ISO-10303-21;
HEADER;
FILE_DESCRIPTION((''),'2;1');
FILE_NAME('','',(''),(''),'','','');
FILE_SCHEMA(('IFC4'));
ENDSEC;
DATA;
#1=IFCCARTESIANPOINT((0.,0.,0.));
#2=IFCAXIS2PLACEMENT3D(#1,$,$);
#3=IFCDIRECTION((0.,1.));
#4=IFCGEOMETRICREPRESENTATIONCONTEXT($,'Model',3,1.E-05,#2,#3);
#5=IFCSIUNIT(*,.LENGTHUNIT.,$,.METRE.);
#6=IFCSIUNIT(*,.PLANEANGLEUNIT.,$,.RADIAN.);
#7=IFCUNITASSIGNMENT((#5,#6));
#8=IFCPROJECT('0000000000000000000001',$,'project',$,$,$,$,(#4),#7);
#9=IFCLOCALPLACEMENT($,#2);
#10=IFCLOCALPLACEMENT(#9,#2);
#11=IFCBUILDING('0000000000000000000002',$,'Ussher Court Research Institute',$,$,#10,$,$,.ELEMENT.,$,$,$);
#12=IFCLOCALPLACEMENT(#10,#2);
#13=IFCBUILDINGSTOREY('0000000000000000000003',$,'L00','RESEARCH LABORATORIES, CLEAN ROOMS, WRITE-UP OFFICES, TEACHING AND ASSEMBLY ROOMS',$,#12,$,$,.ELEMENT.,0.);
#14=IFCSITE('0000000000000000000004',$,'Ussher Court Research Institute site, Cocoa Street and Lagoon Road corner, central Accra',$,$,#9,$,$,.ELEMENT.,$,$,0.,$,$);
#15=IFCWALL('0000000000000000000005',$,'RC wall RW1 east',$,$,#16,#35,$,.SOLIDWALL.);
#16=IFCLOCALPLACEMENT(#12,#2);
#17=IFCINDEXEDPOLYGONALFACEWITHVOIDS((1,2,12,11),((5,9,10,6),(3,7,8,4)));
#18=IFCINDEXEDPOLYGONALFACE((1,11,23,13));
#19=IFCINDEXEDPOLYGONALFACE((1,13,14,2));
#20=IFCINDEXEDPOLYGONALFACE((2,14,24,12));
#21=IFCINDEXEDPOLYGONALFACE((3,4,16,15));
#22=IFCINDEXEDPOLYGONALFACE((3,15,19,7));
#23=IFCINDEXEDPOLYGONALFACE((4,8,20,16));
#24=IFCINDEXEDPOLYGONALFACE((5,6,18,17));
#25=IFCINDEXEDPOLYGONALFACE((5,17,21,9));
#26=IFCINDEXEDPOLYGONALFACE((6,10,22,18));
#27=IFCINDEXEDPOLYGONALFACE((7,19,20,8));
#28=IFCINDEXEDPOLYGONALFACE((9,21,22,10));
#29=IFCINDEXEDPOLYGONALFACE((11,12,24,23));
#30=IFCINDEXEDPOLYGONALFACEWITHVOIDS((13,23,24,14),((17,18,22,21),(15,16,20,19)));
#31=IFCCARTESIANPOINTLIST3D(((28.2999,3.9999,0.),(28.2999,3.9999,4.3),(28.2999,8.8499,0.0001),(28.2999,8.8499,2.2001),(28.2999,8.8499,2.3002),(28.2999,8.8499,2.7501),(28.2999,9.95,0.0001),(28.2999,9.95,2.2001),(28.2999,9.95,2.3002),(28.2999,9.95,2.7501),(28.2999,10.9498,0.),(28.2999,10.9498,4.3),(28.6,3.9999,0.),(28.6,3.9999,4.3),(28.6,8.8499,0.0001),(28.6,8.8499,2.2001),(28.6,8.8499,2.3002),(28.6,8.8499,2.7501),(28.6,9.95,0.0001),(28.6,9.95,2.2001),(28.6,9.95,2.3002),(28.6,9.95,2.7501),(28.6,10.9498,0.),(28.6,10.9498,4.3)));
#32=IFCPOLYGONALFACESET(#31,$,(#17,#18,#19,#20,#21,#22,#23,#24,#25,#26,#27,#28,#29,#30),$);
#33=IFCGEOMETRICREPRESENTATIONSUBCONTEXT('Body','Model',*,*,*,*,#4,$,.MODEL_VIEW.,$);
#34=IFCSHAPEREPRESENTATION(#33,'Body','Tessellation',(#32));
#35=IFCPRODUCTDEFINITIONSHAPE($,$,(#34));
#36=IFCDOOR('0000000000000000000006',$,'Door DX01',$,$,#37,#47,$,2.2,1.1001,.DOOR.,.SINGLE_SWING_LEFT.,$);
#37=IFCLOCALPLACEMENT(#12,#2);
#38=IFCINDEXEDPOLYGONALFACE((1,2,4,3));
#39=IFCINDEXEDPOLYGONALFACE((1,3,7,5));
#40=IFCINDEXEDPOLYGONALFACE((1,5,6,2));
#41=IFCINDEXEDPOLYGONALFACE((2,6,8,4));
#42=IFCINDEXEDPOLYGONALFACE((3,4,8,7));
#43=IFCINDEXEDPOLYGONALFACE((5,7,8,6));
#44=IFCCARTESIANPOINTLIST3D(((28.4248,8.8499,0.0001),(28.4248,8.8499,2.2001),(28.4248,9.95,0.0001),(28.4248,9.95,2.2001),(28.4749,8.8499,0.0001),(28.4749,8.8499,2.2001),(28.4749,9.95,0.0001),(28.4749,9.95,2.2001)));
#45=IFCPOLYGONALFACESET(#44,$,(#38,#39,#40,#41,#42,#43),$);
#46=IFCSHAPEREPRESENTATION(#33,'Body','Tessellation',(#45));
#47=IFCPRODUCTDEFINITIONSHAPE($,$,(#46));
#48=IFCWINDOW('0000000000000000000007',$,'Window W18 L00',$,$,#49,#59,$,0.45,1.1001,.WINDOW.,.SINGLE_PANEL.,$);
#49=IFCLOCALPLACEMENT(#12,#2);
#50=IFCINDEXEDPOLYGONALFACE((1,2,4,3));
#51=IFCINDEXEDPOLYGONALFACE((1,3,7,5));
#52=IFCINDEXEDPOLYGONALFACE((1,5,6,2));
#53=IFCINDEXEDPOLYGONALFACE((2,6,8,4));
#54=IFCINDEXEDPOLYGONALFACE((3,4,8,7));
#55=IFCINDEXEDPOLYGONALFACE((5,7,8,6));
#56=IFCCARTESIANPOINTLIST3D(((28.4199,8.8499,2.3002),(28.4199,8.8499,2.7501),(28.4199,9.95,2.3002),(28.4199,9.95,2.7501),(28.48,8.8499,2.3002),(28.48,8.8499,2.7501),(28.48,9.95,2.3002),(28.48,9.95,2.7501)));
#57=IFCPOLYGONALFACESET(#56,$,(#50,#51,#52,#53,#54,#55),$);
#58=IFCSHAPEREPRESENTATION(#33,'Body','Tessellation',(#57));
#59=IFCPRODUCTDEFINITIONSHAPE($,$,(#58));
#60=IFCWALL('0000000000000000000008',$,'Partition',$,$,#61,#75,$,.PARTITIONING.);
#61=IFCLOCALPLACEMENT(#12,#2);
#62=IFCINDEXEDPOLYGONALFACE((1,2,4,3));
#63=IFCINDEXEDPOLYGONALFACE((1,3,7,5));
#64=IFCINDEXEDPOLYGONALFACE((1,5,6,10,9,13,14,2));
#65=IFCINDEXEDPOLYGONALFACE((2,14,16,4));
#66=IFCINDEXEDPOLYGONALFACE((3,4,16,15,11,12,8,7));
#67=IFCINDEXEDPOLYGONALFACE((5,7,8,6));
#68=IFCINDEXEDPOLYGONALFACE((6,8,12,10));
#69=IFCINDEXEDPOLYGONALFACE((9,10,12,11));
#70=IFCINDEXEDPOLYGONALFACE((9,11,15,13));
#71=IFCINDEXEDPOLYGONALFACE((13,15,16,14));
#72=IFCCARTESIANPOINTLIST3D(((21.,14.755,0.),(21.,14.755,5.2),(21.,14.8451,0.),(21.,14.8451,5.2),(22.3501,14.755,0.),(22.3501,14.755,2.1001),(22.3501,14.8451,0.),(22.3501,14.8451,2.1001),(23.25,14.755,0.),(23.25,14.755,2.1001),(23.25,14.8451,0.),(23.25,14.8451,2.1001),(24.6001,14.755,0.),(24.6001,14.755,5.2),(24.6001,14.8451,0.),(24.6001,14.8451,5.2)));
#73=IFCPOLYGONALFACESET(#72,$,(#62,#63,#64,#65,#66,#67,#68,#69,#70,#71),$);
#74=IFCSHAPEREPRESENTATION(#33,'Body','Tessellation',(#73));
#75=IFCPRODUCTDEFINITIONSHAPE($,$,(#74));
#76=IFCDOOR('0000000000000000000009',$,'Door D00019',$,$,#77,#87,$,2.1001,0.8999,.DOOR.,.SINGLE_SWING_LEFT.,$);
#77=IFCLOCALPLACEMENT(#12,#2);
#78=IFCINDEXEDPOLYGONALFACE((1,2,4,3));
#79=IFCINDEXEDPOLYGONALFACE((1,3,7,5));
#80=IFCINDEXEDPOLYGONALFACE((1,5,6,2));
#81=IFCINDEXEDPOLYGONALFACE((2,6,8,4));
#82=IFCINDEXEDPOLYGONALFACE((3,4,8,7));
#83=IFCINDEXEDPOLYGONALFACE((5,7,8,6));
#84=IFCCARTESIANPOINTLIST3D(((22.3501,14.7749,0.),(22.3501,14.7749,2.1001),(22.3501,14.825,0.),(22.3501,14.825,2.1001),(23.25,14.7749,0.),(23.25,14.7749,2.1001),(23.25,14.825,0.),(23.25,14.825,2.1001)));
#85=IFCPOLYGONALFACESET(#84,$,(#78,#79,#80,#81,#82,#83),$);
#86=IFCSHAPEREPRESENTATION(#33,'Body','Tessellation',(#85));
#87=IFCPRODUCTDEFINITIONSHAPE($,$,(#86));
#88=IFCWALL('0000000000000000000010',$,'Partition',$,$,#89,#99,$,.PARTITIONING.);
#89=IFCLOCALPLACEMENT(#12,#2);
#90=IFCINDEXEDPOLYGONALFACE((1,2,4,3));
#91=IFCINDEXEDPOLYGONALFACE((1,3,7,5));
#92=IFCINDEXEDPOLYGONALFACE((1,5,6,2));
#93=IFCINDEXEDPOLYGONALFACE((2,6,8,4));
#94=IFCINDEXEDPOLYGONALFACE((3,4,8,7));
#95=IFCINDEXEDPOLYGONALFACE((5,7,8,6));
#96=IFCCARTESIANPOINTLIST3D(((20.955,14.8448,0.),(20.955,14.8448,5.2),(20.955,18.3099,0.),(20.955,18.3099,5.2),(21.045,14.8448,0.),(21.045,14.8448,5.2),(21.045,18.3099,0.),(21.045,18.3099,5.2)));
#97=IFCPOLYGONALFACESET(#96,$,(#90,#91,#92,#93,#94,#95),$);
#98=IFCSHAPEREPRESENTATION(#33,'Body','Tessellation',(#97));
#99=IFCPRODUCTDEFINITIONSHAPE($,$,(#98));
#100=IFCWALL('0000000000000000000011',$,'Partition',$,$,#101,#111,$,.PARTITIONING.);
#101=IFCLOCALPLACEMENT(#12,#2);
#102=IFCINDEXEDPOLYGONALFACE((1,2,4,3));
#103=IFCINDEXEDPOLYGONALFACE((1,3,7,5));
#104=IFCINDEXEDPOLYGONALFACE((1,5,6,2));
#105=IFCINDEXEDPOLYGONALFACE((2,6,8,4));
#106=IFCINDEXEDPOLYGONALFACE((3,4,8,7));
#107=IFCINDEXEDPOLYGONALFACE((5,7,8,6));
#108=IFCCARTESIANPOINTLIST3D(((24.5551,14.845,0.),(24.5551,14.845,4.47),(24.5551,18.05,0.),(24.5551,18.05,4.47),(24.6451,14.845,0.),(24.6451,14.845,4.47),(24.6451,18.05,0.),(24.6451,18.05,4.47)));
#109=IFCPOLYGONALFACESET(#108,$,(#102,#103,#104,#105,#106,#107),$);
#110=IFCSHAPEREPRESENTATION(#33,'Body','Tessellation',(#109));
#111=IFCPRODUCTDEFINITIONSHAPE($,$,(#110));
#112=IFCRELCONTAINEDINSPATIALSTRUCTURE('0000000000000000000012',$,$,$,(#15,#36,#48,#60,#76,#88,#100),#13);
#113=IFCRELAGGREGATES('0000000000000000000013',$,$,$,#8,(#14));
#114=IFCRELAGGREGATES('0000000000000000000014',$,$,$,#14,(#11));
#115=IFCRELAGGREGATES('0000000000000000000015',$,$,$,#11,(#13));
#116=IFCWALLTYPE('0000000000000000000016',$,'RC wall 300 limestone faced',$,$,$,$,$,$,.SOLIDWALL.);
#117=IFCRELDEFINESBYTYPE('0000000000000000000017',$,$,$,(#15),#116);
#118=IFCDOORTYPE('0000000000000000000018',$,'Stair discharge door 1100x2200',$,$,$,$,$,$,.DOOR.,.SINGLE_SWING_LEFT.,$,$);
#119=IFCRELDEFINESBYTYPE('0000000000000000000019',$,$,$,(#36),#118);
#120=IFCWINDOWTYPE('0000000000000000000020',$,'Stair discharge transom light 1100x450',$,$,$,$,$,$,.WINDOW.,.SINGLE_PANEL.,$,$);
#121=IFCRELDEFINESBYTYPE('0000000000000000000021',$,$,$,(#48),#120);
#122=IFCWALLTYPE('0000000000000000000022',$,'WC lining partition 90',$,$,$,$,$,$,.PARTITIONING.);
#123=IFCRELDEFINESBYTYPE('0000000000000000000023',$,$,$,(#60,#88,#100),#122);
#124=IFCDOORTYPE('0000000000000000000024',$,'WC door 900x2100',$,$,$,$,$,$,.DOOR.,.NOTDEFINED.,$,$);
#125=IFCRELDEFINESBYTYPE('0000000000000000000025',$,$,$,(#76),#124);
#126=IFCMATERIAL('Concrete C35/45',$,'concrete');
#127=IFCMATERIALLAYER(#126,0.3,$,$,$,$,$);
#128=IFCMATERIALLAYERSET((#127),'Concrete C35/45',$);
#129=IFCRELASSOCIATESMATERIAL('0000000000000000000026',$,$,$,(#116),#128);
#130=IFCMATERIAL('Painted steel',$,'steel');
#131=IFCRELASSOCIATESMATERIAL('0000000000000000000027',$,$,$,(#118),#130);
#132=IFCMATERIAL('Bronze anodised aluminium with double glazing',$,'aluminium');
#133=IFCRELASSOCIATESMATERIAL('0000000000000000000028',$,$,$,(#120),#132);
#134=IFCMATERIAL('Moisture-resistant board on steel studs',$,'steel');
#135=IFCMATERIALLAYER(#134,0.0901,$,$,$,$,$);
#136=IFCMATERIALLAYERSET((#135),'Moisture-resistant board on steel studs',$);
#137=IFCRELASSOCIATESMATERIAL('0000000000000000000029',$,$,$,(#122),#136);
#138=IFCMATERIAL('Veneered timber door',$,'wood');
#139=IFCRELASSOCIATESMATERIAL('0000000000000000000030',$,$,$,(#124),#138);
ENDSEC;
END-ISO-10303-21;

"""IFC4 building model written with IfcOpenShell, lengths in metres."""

from ifc_helpers import new_model, si_unit, direction, frame, frame_2d, origin, place, context, subcontext, project, spatial, rectangle, extrude, material, layer, layer_set, type_object, element, fill, save


model = new_model("IFC4")

# Units and contexts
model_context = context("Model", 3, precision=1e-05, world=origin(), true_north=direction((0.0, 1.0)))
body_context = subcontext(model_context, "Body", "Model", "MODEL_VIEW")
ifc_project = project(units=[si_unit("LENGTHUNIT", "METRE"), si_unit("PLANEANGLEUNIT", "RADIAN")], contexts=[model_context])

# Site, building, storey
site_placement = place(None, origin())
site = spatial("IfcSite", under=ifc_project, at=site_placement, Name="Ussher Court Research Institute site, Cocoa Street and Lagoon Road corner, central Accra", CompositionType="ELEMENT", RefElevation=0.0)
building_placement = place(site_placement, origin())
building = spatial("IfcBuilding", under=site, at=building_placement, Name="Ussher Court Research Institute", CompositionType="ELEMENT")
storey_placement = place(building_placement, origin())
storey = spatial("IfcBuildingStorey", under=building, at=storey_placement, Name="L00", Description="RESEARCH LABORATORIES, CLEAN ROOMS, WRITE-UP OFFICES, TEACHING AND ASSEMBLY ROOMS", CompositionType="ELEMENT", Elevation=0.0)

# Wall, openings, door, window
ifc_material_1 = material(Name="Concrete C35/45", Category="concrete")
ifc_layer_1 = layer(ifc_material_1, 0.3)
ifc_layer_set_1 = layer_set([ifc_layer_1], Name="Concrete C35/45")
wall_type_1 = type_object("IfcWallType", Name="RC wall 300 limestone faced", PredefinedType="SOLIDWALL", material=ifc_layer_set_1)
wall_1_placement = place(storey_placement, frame((28.45, 10.95, 0.0), z_axis=(0.0, 0.0, 1.0), x_axis=(0.0, -1.0, 0.0)))
wall_1 = element("IfcWall", 1, at=wall_1_placement, inside=storey, type_object=wall_type_1, Name="RC wall RW1 east", PredefinedType="SOLIDWALL", context=body_context, shape_type="SweptSolid", body=[
    extrude(rectangle(XDim=6.95, YDim=0.3, at=frame_2d((3.4751, 0.0))), origin(), (0.0, 0.0, 1.0), 4.3),
])
opening_1_placement = place(wall_1_placement, frame((1.0, 0.0, 0.0)))
opening_1 = element("IfcOpeningElement", 2, at=opening_1_placement, cuts=wall_1, PredefinedType="OPENING", context=body_context, shape_type="SweptSolid", body=[
    extrude(rectangle(XDim=1.1001, YDim=2.2, at=frame_2d((0.55, 1.1001))), frame((0.0, 0.1602, 0.0), z_axis=(0.0, -1.0, 0.0), x_axis=(1.0, 0.0, 0.0)), (0.0, 0.0, 1.0), 0.3201),
])
opening_2_placement = place(wall_1_placement, frame((1.0, 0.0, 2.3)))
opening_2 = element("IfcOpeningElement", 3, at=opening_2_placement, cuts=wall_1, PredefinedType="OPENING", context=body_context, shape_type="SweptSolid", body=[
    extrude(rectangle(XDim=1.1001, YDim=0.45, at=frame_2d((0.55, 0.2251))), frame((0.0, 0.1602, 0.0), z_axis=(0.0, -1.0, 0.0), x_axis=(1.0, 0.0, 0.0)), (0.0, 0.0, 1.0), 0.3201),
])
ifc_material_2 = material(Name="Painted steel", Category="steel")
door_type_1 = type_object("IfcDoorType", Name="Stair discharge door 1100x2200", OperationType="SINGLE_SWING_LEFT", PredefinedType="DOOR", material=ifc_material_2)
door_1_placement = place(opening_1_placement, origin())
door_1 = element("IfcDoor", 4, at=door_1_placement, inside=storey, type_object=door_type_1, Name="Door DX01", OperationType="SINGLE_SWING_LEFT", OverallHeight=2.2, OverallWidth=1.1001, PredefinedType="DOOR", context=body_context, shape_type="SweptSolid", body=[
    extrude(rectangle(XDim=1.1001, YDim=2.2, at=frame_2d((0.55, 1.1001))), frame((0.0, 0.0249, 0.0), z_axis=(0.0, -1.0, 0.0), x_axis=(1.0, 0.0, 0.0)), (0.0, 0.0, 1.0), 0.05),
])
fill(opening_1, door_1)
ifc_material_3 = material(Name="Bronze anodised aluminium with double glazing", Category="aluminium")
window_type = type_object("IfcWindowType", Name="Stair discharge transom light 1100x450", PartitioningType="SINGLE_PANEL", PredefinedType="WINDOW", material=ifc_material_3)
window_placement = place(opening_2_placement, origin())
window = element("IfcWindow", 5, at=window_placement, inside=storey, type_object=window_type, Name="Window W18 L00", OverallHeight=0.45, OverallWidth=1.1001, PartitioningType="SINGLE_PANEL", PredefinedType="WINDOW", context=body_context, shape_type="SweptSolid", body=[
    extrude(rectangle(XDim=1.1001, YDim=0.45, at=frame_2d((0.55, 0.2251))), frame((0.0, 0.03, 0.0), z_axis=(0.0, -1.0, 0.0), x_axis=(1.0, 0.0, 0.0)), (0.0, 0.0, 1.0), 0.0601),
])
fill(opening_2, window)

# Wall, opening, door
ifc_material_4 = material(Name="Moisture-resistant board on steel studs", Category="steel")
ifc_layer_2 = layer(ifc_material_4, 0.0901)
ifc_layer_set_2 = layer_set([ifc_layer_2], Name="Moisture-resistant board on steel studs")
wall_type_2 = type_object("IfcWallType", Name="WC lining partition 90", PredefinedType="PARTITIONING", material=ifc_layer_set_2)
wall_2_placement = place(storey_placement, frame((21.0, 14.8, 0.0), z_axis=(0.0, 0.0, 1.0), x_axis=(1.0, 0.0, 0.0)))
wall_2 = element("IfcWall", 6, at=wall_2_placement, inside=storey, type_object=wall_type_2, Name="Partition", PredefinedType="PARTITIONING", context=body_context, shape_type="SweptSolid", body=[
    extrude(rectangle(XDim=3.6001, YDim=0.0901, at=frame_2d((1.8, 0.0))), origin(), (0.0, 0.0, 1.0), 5.2),
])
opening_3_placement = place(wall_2_placement, frame((1.3501, 0.0, 0.0)))
opening_3 = element("IfcOpeningElement", 7, at=opening_3_placement, cuts=wall_2, PredefinedType="OPENING", context=body_context, shape_type="SweptSolid", body=[
    extrude(rectangle(XDim=0.8999, YDim=2.1001, at=frame_2d((0.45, 1.05))), frame((0.0, 0.0552, 0.0), z_axis=(0.0, -1.0, 0.0), x_axis=(1.0, 0.0, 0.0)), (0.0, 0.0, 1.0), 0.1101),
])
ifc_material_5 = material(Name="Veneered timber door", Category="wood")
door_type_2 = type_object("IfcDoorType", Name="WC door 900x2100", OperationType="NOTDEFINED", PredefinedType="DOOR", material=ifc_material_5)
door_2_placement = place(opening_3_placement, origin())
door_2 = element("IfcDoor", 8, at=door_2_placement, inside=storey, type_object=door_type_2, Name="Door D00019", OperationType="SINGLE_SWING_LEFT", OverallHeight=2.1001, OverallWidth=0.8999, PredefinedType="DOOR", context=body_context, shape_type="SweptSolid", body=[
    extrude(rectangle(XDim=0.8999, YDim=2.1001, at=frame_2d((0.45, 1.05))), frame((0.0, 0.0249, 0.0), z_axis=(0.0, -1.0, 0.0), x_axis=(1.0, 0.0, 0.0)), (0.0, 0.0, 1.0), 0.05),
])
fill(opening_3, door_2)

# Walls
wall_3_placement = place(storey_placement, frame((21.0, 14.845, 0.0), z_axis=(0.0, 0.0, 1.0), x_axis=(0.0, 1.0, 0.0)))
element("IfcWall", 9, at=wall_3_placement, inside=storey, type_object=wall_type_2, Name="Partition", PredefinedType="PARTITIONING", context=body_context, shape_type="SweptSolid", body=[
    extrude(rectangle(XDim=3.4651, YDim=0.0901, at=frame_2d((1.7324, 0.0))), origin(), (0.0, 0.0, 1.0), 5.2),
])
wall_4_placement = place(storey_placement, frame((24.6001, 14.845, 0.0), z_axis=(0.0, 0.0, 1.0), x_axis=(0.0, 1.0, 0.0)))
element("IfcWall", 10, at=wall_4_placement, inside=storey, type_object=wall_type_2, Name="Partition", PredefinedType="PARTITIONING", context=body_context, shape_type="SweptSolid", body=[
    extrude(rectangle(XDim=3.2051, YDim=0.0901, at=frame_2d((1.6025, 0.0))), origin(), (0.0, 0.0, 1.0), 4.47),
])

save(model, "model.ifc")
